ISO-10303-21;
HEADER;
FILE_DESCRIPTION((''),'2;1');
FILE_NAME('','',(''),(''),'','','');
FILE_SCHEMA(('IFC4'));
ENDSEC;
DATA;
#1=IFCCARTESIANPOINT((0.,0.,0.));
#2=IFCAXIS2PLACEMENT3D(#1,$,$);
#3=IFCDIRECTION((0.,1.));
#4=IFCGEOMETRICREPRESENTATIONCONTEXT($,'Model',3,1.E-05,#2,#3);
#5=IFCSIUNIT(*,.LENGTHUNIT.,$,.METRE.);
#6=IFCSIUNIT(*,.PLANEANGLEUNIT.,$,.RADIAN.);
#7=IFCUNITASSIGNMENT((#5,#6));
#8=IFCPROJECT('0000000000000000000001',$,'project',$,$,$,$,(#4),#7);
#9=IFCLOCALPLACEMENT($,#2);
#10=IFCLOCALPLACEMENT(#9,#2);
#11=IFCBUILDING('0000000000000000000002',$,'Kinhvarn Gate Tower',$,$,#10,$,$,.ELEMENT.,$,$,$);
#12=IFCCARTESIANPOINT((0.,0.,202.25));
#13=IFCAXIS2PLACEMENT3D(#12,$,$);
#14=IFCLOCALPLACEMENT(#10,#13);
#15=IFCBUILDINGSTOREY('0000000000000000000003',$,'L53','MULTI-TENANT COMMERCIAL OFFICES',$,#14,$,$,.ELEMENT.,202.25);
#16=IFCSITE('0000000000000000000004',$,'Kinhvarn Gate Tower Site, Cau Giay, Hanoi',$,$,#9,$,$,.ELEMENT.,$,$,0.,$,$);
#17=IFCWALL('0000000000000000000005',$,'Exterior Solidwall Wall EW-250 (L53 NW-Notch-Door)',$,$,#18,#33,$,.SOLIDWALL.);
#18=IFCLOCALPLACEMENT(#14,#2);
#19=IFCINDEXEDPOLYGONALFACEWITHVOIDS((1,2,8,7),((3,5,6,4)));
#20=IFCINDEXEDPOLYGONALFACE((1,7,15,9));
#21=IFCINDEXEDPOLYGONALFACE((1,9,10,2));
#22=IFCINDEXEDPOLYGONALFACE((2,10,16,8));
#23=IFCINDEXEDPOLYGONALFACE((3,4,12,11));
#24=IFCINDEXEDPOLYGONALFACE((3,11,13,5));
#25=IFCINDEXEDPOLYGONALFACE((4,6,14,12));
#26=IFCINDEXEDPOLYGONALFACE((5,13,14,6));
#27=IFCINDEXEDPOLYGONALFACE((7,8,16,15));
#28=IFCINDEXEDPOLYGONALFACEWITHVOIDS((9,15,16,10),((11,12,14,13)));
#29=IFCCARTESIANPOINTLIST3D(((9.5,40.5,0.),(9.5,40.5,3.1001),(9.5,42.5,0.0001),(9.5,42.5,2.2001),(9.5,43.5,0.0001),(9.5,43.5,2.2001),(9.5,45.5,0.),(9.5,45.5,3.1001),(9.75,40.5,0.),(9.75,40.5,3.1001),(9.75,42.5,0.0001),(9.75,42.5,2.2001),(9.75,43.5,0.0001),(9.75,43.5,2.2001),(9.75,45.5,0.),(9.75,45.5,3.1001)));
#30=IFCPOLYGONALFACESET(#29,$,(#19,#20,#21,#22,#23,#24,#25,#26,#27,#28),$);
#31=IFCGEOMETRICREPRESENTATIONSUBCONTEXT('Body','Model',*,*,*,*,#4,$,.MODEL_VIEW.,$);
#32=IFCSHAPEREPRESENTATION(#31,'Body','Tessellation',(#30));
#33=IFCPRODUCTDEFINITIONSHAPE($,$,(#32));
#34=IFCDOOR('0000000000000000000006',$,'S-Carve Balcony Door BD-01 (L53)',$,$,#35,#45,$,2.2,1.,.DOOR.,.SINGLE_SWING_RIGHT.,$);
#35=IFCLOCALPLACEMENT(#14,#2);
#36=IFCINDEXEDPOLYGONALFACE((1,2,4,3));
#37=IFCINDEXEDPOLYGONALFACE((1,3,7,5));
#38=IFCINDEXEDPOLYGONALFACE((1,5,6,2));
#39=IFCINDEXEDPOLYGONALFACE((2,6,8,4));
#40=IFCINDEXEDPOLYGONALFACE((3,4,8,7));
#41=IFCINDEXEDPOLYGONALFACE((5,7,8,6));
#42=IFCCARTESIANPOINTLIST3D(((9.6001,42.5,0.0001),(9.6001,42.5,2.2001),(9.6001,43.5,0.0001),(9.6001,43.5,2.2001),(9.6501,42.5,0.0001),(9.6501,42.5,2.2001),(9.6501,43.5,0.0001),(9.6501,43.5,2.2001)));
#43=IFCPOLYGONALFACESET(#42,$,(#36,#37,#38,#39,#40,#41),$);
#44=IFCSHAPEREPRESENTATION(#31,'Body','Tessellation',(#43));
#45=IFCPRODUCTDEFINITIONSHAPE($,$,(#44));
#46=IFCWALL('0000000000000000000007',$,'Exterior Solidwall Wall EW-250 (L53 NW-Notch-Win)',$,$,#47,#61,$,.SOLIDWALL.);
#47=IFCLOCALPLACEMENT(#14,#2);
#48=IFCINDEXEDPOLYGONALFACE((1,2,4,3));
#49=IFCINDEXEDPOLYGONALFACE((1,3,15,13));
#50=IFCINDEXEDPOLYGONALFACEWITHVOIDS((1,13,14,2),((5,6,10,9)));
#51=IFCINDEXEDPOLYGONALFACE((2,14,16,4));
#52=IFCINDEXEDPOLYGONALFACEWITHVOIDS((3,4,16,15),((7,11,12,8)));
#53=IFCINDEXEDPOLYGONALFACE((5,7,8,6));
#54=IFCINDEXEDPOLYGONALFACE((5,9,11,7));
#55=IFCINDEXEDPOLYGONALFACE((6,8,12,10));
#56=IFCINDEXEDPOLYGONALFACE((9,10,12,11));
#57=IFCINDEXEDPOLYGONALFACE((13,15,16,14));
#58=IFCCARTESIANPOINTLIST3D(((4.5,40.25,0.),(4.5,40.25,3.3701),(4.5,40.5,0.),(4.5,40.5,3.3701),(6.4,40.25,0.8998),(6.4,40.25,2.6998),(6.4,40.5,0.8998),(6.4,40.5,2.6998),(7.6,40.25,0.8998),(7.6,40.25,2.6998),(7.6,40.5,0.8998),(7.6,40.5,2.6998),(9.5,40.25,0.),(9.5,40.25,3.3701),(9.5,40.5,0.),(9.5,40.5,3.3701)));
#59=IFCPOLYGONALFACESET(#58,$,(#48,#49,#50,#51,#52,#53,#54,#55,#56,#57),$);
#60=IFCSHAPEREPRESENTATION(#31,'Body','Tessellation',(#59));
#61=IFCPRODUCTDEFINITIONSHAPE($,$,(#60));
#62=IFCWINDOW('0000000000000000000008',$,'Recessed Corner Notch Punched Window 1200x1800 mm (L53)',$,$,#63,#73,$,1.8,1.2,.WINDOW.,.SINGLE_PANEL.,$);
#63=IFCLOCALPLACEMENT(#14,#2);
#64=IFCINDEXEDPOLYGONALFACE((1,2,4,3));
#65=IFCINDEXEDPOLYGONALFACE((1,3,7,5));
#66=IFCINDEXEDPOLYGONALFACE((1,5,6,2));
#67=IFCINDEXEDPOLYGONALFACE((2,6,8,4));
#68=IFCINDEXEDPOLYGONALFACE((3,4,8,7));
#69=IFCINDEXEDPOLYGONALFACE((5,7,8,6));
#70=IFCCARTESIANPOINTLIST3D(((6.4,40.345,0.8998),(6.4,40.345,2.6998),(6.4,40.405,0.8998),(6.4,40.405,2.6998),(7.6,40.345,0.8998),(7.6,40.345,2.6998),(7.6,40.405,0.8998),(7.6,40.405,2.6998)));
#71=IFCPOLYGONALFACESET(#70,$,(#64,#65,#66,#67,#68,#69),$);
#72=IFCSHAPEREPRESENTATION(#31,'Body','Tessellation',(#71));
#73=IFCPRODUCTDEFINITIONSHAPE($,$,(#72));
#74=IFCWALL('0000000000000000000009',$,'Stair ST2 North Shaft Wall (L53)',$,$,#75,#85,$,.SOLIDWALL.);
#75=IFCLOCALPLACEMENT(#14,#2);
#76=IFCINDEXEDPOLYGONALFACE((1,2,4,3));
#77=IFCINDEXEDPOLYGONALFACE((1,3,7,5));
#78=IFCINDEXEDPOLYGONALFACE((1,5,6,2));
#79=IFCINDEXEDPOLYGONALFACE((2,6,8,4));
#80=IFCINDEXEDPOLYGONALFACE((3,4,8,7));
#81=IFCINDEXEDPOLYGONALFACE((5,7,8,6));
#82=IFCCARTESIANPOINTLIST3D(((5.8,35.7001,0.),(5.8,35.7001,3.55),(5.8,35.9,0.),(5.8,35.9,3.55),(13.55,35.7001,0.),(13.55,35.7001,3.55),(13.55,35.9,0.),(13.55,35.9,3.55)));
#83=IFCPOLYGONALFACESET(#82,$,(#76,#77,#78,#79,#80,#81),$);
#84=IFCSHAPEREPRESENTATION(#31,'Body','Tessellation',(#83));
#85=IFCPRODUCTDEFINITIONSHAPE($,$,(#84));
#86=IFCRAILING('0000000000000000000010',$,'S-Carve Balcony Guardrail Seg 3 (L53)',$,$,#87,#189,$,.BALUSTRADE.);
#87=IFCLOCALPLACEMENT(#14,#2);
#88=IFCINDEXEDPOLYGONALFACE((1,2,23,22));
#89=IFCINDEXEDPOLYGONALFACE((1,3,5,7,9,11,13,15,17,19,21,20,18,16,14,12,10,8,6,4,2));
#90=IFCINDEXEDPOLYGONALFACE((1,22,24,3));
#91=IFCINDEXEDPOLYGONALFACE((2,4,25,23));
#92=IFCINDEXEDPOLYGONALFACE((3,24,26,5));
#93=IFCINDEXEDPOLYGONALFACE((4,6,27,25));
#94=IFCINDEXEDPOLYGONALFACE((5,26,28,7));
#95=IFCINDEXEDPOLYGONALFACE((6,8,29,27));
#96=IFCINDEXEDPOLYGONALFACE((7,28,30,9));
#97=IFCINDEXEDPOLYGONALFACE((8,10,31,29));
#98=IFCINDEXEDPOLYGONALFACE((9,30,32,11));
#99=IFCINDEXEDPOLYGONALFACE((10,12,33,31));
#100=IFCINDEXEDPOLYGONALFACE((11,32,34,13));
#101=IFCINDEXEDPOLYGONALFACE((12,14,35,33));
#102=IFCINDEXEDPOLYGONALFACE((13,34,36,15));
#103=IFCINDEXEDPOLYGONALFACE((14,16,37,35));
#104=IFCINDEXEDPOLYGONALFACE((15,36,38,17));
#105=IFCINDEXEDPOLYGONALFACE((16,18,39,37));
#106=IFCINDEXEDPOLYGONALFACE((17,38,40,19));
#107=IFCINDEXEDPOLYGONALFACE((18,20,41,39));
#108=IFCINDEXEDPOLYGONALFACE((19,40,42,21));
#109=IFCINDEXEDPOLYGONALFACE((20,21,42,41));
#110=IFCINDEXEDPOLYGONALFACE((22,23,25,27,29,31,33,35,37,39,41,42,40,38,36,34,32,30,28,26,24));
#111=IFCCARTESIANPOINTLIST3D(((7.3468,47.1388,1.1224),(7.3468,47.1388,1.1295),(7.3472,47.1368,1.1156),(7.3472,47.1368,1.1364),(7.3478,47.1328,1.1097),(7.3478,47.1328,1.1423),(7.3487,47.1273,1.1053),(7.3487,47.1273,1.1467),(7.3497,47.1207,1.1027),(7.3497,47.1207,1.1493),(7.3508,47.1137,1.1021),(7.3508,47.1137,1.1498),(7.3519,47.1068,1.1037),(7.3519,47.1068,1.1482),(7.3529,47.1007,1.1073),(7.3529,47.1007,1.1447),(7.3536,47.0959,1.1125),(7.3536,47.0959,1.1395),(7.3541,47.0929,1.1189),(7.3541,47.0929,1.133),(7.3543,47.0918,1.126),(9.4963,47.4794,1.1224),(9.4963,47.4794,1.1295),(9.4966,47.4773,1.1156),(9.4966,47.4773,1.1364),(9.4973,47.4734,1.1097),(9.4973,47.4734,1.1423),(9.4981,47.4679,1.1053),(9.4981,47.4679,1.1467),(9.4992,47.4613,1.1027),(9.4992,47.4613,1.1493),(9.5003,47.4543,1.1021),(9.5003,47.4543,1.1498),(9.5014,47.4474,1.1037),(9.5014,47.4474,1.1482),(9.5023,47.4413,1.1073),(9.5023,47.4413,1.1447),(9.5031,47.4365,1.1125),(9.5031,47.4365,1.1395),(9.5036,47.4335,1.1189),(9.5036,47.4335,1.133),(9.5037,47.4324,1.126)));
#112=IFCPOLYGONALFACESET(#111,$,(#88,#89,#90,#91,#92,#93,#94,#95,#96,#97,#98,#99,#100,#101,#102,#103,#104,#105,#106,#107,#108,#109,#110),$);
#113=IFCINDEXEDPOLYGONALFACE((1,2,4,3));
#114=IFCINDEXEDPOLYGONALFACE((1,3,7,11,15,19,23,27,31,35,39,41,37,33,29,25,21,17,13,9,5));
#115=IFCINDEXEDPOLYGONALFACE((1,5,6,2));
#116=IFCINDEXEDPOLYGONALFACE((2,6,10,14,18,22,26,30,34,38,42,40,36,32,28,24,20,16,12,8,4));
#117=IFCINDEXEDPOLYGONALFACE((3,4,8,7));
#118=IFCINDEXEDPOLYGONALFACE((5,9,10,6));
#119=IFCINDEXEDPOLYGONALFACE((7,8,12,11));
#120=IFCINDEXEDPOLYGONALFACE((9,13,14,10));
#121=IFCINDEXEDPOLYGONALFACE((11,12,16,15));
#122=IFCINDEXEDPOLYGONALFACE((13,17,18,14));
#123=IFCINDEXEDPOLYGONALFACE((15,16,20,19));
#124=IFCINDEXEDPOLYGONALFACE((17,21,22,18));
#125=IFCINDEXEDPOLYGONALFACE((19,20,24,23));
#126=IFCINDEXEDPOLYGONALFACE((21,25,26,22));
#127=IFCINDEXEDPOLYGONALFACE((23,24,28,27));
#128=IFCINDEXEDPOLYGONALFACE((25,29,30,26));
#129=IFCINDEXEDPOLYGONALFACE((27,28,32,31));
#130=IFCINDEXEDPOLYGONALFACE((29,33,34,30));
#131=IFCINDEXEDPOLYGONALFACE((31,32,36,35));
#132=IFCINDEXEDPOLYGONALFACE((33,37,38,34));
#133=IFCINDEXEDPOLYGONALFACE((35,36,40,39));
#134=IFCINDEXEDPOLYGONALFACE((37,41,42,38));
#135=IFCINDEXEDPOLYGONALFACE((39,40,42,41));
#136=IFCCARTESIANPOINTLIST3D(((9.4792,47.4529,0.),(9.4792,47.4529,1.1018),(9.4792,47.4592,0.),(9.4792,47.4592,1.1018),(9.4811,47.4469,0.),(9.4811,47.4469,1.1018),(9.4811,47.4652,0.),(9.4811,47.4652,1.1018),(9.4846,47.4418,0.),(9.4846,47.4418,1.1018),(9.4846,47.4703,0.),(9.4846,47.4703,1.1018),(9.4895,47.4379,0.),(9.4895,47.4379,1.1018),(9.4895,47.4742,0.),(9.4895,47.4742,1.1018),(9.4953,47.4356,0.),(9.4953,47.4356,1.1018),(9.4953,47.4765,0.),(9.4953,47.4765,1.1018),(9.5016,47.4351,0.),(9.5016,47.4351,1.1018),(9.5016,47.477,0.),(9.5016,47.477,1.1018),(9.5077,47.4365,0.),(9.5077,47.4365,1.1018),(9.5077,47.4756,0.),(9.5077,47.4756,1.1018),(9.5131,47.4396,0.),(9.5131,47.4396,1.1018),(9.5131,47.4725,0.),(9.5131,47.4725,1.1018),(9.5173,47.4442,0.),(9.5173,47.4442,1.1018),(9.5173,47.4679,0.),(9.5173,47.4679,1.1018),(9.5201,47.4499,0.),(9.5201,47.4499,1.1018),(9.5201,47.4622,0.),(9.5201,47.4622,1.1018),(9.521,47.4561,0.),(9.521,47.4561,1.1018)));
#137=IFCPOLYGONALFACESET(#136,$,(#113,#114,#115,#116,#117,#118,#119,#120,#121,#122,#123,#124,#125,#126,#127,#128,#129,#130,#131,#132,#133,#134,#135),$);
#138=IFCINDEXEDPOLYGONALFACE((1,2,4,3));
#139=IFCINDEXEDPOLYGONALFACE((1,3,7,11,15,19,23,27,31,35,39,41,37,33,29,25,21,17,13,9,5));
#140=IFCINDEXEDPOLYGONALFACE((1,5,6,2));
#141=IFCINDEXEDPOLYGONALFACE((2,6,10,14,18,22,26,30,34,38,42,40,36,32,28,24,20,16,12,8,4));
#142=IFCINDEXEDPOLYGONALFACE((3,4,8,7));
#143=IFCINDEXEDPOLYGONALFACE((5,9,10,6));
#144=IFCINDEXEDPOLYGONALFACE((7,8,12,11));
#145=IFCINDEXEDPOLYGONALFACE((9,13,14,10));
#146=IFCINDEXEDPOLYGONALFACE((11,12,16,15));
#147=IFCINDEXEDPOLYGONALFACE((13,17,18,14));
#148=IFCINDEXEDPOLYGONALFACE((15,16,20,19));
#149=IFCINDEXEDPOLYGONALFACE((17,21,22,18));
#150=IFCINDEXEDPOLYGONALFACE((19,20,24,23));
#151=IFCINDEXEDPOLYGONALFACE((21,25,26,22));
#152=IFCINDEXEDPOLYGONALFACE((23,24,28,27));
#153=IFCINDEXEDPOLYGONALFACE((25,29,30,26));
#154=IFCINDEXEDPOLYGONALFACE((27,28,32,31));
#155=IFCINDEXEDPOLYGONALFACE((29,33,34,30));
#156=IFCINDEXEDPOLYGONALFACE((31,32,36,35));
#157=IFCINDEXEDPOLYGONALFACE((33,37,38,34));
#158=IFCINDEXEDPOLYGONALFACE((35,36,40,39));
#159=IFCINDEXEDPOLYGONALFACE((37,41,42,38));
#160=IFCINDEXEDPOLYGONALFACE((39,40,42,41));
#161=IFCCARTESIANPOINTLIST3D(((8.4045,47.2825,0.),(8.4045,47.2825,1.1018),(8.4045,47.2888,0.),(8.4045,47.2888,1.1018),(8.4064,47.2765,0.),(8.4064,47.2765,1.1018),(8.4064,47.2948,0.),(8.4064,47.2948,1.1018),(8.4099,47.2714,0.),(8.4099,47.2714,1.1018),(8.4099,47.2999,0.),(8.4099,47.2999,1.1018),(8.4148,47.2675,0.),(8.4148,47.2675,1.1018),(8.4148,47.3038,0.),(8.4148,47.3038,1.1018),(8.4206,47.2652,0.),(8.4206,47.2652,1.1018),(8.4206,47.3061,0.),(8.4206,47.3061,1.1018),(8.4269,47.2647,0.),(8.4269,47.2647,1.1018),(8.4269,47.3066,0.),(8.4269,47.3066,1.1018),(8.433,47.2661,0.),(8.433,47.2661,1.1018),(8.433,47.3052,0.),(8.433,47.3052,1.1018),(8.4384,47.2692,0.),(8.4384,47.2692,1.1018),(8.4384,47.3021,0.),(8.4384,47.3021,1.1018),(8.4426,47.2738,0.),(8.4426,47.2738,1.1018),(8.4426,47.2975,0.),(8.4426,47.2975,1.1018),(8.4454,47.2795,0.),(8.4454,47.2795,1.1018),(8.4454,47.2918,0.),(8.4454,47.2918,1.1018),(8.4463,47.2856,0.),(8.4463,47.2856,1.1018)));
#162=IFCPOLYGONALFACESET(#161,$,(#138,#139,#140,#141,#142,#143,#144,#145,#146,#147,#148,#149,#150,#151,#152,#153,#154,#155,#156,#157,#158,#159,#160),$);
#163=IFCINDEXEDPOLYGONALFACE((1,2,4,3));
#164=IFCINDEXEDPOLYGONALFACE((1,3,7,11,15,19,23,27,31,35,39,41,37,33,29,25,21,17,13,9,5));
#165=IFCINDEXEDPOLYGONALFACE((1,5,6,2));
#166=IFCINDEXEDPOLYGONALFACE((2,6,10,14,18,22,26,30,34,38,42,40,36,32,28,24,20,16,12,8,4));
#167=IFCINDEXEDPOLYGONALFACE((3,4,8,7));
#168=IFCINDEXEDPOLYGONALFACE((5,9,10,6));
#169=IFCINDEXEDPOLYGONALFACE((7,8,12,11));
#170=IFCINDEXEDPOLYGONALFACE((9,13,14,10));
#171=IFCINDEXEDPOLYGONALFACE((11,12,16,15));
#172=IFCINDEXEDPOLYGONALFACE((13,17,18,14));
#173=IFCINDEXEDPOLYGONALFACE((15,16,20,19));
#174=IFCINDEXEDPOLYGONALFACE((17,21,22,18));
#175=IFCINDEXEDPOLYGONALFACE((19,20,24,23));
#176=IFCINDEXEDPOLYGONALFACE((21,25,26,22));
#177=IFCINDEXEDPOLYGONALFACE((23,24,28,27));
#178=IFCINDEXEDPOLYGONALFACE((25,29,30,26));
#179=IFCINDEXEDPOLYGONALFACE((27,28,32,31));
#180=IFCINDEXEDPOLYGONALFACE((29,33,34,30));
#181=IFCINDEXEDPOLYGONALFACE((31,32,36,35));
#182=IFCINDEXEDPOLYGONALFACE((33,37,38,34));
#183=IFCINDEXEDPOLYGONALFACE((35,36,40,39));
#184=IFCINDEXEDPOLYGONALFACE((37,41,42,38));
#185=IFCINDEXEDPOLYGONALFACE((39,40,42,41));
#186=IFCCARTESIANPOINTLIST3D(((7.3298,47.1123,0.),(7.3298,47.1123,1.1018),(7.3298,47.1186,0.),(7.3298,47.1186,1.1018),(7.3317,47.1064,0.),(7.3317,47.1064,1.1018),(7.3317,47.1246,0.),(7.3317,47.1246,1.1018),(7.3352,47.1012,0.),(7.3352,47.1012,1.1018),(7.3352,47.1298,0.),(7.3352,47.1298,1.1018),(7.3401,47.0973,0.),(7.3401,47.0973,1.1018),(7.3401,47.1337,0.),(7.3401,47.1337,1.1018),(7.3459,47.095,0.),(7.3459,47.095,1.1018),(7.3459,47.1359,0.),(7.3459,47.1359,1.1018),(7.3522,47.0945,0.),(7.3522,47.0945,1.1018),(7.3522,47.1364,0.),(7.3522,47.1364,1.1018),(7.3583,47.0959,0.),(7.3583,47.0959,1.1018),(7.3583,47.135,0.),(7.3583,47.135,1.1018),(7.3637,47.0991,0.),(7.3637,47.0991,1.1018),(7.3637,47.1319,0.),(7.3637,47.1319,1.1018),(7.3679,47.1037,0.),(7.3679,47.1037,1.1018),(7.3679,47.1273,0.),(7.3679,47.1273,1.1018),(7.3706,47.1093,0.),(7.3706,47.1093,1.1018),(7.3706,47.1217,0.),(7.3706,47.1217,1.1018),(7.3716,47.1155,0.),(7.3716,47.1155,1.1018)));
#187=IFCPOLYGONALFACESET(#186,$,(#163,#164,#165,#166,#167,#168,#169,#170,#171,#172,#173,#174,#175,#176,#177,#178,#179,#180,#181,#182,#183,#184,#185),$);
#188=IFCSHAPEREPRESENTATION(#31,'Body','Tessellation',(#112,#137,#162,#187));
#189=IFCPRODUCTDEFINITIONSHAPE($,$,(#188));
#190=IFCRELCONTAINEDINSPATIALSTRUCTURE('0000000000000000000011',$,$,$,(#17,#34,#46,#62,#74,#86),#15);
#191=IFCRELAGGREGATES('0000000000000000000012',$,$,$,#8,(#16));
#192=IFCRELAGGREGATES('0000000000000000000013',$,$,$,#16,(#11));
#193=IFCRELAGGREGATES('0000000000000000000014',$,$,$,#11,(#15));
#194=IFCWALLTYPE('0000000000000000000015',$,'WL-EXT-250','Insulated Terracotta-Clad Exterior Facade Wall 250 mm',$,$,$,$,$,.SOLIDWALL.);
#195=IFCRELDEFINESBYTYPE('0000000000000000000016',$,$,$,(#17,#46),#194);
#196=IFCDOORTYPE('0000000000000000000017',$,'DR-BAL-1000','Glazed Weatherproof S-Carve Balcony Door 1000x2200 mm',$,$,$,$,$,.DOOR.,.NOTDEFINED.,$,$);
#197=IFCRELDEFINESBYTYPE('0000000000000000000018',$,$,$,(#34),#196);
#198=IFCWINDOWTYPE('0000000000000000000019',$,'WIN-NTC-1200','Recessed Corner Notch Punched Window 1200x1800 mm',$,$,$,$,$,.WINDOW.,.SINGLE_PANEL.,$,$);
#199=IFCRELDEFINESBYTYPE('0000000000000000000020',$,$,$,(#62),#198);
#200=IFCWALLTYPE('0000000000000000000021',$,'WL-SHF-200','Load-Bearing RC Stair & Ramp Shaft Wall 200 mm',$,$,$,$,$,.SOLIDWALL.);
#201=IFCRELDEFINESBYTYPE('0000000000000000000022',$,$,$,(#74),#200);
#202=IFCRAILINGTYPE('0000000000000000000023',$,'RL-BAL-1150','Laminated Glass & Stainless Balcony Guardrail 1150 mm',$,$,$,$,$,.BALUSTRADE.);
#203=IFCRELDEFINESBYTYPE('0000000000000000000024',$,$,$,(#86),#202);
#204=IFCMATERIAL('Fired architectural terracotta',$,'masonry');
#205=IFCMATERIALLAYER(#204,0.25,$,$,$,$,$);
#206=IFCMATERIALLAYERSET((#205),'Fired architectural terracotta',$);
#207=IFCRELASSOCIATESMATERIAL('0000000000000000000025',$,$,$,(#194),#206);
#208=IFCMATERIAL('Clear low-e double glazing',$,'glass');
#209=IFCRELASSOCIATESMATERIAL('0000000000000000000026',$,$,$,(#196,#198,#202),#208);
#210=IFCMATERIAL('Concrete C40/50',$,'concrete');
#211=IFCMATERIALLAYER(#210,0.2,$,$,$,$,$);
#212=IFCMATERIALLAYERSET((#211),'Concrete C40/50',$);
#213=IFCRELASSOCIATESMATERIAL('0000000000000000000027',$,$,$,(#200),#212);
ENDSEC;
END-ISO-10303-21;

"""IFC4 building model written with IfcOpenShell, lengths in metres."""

from ifc_helpers import new_model, si_unit, direction, frame, frame_2d, origin, origin_2d, place, context, subcontext, project, spatial, rectangle, circle, extrude, material, layer, layer_set, type_object, element, fill, save


model = new_model("IFC4")

# Units and contexts
model_context = context("Model", 3, precision=1e-05, world=origin(), true_north=direction((0.0, 1.0)))
body_context = subcontext(model_context, "Body", "Model", "MODEL_VIEW")
ifc_project = project(units=[si_unit("LENGTHUNIT", "METRE"), si_unit("PLANEANGLEUNIT", "RADIAN")], contexts=[model_context])

# Site, building, storey
site_placement = place(None, origin())
site = spatial("IfcSite", under=ifc_project, at=site_placement, Name="Kinhvarn Gate Tower Site, Cau Giay, Hanoi", CompositionType="ELEMENT", RefElevation=0.0)
building_placement = place(site_placement, origin())
building = spatial("IfcBuilding", under=site, at=building_placement, Name="Kinhvarn Gate Tower", CompositionType="ELEMENT")
storey_placement = place(building_placement, frame((0.0, 0.0, 202.25)))
storey = spatial("IfcBuildingStorey", under=building, at=storey_placement, Name="L53", Description="MULTI-TENANT COMMERCIAL OFFICES", CompositionType="ELEMENT", Elevation=202.25)

# Shared definitions
ifc_material_1 = material(Name="Fired architectural terracotta", Category="masonry")
ifc_layer_1 = layer(ifc_material_1, 0.25)
ifc_layer_set_1 = layer_set([ifc_layer_1], Name="Fired architectural terracotta")
wall_type_1 = type_object("IfcWallType", Name="WL-EXT-250", Description="Insulated Terracotta-Clad Exterior Facade Wall 250 mm", PredefinedType="SOLIDWALL", material=ifc_layer_set_1)
ifc_material_2 = material(Name="Clear low-e double glazing", Category="glass")

# Wall, opening, door
wall_1_placement = place(storey_placement, frame((9.625, 45.5, 0.0), z_axis=(0.0, 0.0, 1.0), x_axis=(0.0, -1.0, 0.0)))
wall_1 = element("IfcWall", 1, at=wall_1_placement, inside=storey, type_object=wall_type_1, Name="Exterior Solidwall Wall EW-250 (L53 NW-Notch-Door)", PredefinedType="SOLIDWALL", context=body_context, shape_type="SweptSolid", body=[
    extrude(rectangle(XDim=5.0, YDim=0.25, at=frame_2d((2.5, 0.0))), origin(), (0.0, 0.0, 1.0), 3.1001),
])
opening_1_placement = place(wall_1_placement, frame((2.0, 0.0, 0.0)))
opening_1 = element("IfcOpeningElement", 2, at=opening_1_placement, cuts=wall_1, PredefinedType="OPENING", context=body_context, shape_type="SweptSolid", body=[
    extrude(rectangle(XDim=1.0, YDim=2.2, at=frame_2d((0.5, 1.1001))), frame((0.0, 0.135, 0.0), z_axis=(0.0, -1.0, 0.0), x_axis=(1.0, 0.0, 0.0)), (0.0, 0.0, 1.0), 0.27),
])
door_type = type_object("IfcDoorType", Name="DR-BAL-1000", Description="Glazed Weatherproof S-Carve Balcony Door 1000x2200 mm", OperationType="NOTDEFINED", PredefinedType="DOOR", material=ifc_material_2)
door_placement = place(opening_1_placement, frame((1.0, 0.0, 0.0), z_axis=(0.0, 0.0, 1.0), x_axis=(-1.0, 0.0, 0.0)))
door = element("IfcDoor", 3, at=door_placement, inside=storey, type_object=door_type, Name="S-Carve Balcony Door BD-01 (L53)", OperationType="SINGLE_SWING_RIGHT", OverallHeight=2.2, OverallWidth=1.0, PredefinedType="DOOR", context=body_context, shape_type="SweptSolid", body=[
    extrude(rectangle(XDim=1.0, YDim=2.2, at=frame_2d((0.5, 1.1001))), frame((0.0, 0.0249, 0.0), z_axis=(0.0, -1.0, 0.0), x_axis=(1.0, 0.0, 0.0)), (0.0, 0.0, 1.0), 0.05),
])
fill(opening_1, door)

# Wall, opening, window
wall_2_placement = place(storey_placement, frame((9.5, 40.375, 0.0), z_axis=(0.0, 0.0, 1.0), x_axis=(-1.0, 0.0, 0.0)))
wall_2 = element("IfcWall", 4, at=wall_2_placement, inside=storey, type_object=wall_type_1, Name="Exterior Solidwall Wall EW-250 (L53 NW-Notch-Win)", PredefinedType="SOLIDWALL", context=body_context, shape_type="SweptSolid", body=[
    extrude(rectangle(XDim=5.0, YDim=0.25, at=frame_2d((2.5, 0.0))), origin(), (0.0, 0.0, 1.0), 3.3701),
])
opening_2_placement = place(wall_2_placement, frame((1.8999, 0.0, 0.8999)))
opening_2 = element("IfcOpeningElement", 5, at=opening_2_placement, cuts=wall_2, PredefinedType="OPENING", context=body_context, shape_type="SweptSolid", body=[
    extrude(rectangle(XDim=1.2, YDim=1.8, at=frame_2d((0.6001, 0.8999))), frame((0.0, 0.135, 0.0), z_axis=(0.0, -1.0, 0.0), x_axis=(1.0, 0.0, 0.0)), (0.0, 0.0, 1.0), 0.27),
])
window_type_1 = type_object("IfcWindowType", Name="WIN-NTC-1200", Description="Recessed Corner Notch Punched Window 1200x1800 mm", PartitioningType="SINGLE_PANEL", PredefinedType="WINDOW", material=ifc_material_2)
window_1_placement = place(opening_2_placement, origin())
window_1 = element("IfcWindow", 6, at=window_1_placement, inside=storey, type_object=window_type_1, Name="Recessed Corner Notch Punched Window 1200x1800 mm (L53)", OverallHeight=1.8, OverallWidth=1.2, PartitioningType="SINGLE_PANEL", PredefinedType="WINDOW", context=body_context, shape_type="SweptSolid", body=[
    extrude(rectangle(XDim=1.2, YDim=1.8, at=frame_2d((0.6001, 0.8999))), frame((0.0, 0.03, 0.0), z_axis=(0.0, -1.0, 0.0), x_axis=(1.0, 0.0, 0.0)), (0.0, 0.0, 1.0), 0.0601),
])
fill(opening_2, window_1)

# Wall
ifc_material_3 = material(Name="Concrete C40/50", Category="concrete")
ifc_layer_2 = layer(ifc_material_3, 0.2)
ifc_layer_set_2 = layer_set([ifc_layer_2], Name="Concrete C40/50")
wall_type_2 = type_object("IfcWallType", Name="WL-SHF-200", Description="Load-Bearing RC Stair & Ramp Shaft Wall 200 mm", PredefinedType="SOLIDWALL", material=ifc_layer_set_2)
wall_3_placement = place(storey_placement, frame((5.8, 35.8, 0.0), z_axis=(0.0, 0.0, 1.0), x_axis=(1.0, 0.0, 0.0)))
element("IfcWall", 7, at=wall_3_placement, inside=storey, type_object=wall_type_2, Name="Stair ST2 North Shaft Wall (L53)", PredefinedType="SOLIDWALL", context=body_context, shape_type="SweptSolid", body=[
    extrude(rectangle(XDim=7.75, YDim=0.2, at=frame_2d((3.875, 0.0))), origin(), (0.0, 0.0, 1.0), 3.55),
])

# Railing
railing_type = type_object("IfcRailingType", Name="RL-BAL-1150", Description="Laminated Glass & Stainless Balcony Guardrail 1150 mm", PredefinedType="BALUSTRADE", material=ifc_material_2)
railing_1_placement = place(storey_placement, frame((9.5, 47.4561, 0.0)))
element("IfcRailing", 8, at=railing_1_placement, inside=storey, type_object=railing_type, Name="S-Carve Balcony Guardrail Seg 3 (L53)", PredefinedType="BALUSTRADE", context=body_context, shape_type="SweptSolid", body=[
    extrude(circle(Radius=0.0239, at=origin_2d()), frame((0.0, 0.0, 1.126), z_axis=(-0.987678, -0.156498, 0.0), x_axis=(0.156498, -0.987678, 0.0)), (0.0, 0.0, 1.0), 2.1763),
    extrude(circle(Radius=0.021, at=origin_2d()), origin(), (0.0, 0.0, 1.0), 1.1018),
    extrude(circle(Radius=0.021, at=origin_2d()), frame((-1.0747, -0.1704, 0.0)), (0.0, 0.0, 1.0), 1.1018),
    extrude(circle(Radius=0.021, at=origin_2d()), frame((-2.1494, -0.3406, 0.0)), (0.0, 0.0, 1.0), 1.1018),
])

save(model, "model.ifc")
